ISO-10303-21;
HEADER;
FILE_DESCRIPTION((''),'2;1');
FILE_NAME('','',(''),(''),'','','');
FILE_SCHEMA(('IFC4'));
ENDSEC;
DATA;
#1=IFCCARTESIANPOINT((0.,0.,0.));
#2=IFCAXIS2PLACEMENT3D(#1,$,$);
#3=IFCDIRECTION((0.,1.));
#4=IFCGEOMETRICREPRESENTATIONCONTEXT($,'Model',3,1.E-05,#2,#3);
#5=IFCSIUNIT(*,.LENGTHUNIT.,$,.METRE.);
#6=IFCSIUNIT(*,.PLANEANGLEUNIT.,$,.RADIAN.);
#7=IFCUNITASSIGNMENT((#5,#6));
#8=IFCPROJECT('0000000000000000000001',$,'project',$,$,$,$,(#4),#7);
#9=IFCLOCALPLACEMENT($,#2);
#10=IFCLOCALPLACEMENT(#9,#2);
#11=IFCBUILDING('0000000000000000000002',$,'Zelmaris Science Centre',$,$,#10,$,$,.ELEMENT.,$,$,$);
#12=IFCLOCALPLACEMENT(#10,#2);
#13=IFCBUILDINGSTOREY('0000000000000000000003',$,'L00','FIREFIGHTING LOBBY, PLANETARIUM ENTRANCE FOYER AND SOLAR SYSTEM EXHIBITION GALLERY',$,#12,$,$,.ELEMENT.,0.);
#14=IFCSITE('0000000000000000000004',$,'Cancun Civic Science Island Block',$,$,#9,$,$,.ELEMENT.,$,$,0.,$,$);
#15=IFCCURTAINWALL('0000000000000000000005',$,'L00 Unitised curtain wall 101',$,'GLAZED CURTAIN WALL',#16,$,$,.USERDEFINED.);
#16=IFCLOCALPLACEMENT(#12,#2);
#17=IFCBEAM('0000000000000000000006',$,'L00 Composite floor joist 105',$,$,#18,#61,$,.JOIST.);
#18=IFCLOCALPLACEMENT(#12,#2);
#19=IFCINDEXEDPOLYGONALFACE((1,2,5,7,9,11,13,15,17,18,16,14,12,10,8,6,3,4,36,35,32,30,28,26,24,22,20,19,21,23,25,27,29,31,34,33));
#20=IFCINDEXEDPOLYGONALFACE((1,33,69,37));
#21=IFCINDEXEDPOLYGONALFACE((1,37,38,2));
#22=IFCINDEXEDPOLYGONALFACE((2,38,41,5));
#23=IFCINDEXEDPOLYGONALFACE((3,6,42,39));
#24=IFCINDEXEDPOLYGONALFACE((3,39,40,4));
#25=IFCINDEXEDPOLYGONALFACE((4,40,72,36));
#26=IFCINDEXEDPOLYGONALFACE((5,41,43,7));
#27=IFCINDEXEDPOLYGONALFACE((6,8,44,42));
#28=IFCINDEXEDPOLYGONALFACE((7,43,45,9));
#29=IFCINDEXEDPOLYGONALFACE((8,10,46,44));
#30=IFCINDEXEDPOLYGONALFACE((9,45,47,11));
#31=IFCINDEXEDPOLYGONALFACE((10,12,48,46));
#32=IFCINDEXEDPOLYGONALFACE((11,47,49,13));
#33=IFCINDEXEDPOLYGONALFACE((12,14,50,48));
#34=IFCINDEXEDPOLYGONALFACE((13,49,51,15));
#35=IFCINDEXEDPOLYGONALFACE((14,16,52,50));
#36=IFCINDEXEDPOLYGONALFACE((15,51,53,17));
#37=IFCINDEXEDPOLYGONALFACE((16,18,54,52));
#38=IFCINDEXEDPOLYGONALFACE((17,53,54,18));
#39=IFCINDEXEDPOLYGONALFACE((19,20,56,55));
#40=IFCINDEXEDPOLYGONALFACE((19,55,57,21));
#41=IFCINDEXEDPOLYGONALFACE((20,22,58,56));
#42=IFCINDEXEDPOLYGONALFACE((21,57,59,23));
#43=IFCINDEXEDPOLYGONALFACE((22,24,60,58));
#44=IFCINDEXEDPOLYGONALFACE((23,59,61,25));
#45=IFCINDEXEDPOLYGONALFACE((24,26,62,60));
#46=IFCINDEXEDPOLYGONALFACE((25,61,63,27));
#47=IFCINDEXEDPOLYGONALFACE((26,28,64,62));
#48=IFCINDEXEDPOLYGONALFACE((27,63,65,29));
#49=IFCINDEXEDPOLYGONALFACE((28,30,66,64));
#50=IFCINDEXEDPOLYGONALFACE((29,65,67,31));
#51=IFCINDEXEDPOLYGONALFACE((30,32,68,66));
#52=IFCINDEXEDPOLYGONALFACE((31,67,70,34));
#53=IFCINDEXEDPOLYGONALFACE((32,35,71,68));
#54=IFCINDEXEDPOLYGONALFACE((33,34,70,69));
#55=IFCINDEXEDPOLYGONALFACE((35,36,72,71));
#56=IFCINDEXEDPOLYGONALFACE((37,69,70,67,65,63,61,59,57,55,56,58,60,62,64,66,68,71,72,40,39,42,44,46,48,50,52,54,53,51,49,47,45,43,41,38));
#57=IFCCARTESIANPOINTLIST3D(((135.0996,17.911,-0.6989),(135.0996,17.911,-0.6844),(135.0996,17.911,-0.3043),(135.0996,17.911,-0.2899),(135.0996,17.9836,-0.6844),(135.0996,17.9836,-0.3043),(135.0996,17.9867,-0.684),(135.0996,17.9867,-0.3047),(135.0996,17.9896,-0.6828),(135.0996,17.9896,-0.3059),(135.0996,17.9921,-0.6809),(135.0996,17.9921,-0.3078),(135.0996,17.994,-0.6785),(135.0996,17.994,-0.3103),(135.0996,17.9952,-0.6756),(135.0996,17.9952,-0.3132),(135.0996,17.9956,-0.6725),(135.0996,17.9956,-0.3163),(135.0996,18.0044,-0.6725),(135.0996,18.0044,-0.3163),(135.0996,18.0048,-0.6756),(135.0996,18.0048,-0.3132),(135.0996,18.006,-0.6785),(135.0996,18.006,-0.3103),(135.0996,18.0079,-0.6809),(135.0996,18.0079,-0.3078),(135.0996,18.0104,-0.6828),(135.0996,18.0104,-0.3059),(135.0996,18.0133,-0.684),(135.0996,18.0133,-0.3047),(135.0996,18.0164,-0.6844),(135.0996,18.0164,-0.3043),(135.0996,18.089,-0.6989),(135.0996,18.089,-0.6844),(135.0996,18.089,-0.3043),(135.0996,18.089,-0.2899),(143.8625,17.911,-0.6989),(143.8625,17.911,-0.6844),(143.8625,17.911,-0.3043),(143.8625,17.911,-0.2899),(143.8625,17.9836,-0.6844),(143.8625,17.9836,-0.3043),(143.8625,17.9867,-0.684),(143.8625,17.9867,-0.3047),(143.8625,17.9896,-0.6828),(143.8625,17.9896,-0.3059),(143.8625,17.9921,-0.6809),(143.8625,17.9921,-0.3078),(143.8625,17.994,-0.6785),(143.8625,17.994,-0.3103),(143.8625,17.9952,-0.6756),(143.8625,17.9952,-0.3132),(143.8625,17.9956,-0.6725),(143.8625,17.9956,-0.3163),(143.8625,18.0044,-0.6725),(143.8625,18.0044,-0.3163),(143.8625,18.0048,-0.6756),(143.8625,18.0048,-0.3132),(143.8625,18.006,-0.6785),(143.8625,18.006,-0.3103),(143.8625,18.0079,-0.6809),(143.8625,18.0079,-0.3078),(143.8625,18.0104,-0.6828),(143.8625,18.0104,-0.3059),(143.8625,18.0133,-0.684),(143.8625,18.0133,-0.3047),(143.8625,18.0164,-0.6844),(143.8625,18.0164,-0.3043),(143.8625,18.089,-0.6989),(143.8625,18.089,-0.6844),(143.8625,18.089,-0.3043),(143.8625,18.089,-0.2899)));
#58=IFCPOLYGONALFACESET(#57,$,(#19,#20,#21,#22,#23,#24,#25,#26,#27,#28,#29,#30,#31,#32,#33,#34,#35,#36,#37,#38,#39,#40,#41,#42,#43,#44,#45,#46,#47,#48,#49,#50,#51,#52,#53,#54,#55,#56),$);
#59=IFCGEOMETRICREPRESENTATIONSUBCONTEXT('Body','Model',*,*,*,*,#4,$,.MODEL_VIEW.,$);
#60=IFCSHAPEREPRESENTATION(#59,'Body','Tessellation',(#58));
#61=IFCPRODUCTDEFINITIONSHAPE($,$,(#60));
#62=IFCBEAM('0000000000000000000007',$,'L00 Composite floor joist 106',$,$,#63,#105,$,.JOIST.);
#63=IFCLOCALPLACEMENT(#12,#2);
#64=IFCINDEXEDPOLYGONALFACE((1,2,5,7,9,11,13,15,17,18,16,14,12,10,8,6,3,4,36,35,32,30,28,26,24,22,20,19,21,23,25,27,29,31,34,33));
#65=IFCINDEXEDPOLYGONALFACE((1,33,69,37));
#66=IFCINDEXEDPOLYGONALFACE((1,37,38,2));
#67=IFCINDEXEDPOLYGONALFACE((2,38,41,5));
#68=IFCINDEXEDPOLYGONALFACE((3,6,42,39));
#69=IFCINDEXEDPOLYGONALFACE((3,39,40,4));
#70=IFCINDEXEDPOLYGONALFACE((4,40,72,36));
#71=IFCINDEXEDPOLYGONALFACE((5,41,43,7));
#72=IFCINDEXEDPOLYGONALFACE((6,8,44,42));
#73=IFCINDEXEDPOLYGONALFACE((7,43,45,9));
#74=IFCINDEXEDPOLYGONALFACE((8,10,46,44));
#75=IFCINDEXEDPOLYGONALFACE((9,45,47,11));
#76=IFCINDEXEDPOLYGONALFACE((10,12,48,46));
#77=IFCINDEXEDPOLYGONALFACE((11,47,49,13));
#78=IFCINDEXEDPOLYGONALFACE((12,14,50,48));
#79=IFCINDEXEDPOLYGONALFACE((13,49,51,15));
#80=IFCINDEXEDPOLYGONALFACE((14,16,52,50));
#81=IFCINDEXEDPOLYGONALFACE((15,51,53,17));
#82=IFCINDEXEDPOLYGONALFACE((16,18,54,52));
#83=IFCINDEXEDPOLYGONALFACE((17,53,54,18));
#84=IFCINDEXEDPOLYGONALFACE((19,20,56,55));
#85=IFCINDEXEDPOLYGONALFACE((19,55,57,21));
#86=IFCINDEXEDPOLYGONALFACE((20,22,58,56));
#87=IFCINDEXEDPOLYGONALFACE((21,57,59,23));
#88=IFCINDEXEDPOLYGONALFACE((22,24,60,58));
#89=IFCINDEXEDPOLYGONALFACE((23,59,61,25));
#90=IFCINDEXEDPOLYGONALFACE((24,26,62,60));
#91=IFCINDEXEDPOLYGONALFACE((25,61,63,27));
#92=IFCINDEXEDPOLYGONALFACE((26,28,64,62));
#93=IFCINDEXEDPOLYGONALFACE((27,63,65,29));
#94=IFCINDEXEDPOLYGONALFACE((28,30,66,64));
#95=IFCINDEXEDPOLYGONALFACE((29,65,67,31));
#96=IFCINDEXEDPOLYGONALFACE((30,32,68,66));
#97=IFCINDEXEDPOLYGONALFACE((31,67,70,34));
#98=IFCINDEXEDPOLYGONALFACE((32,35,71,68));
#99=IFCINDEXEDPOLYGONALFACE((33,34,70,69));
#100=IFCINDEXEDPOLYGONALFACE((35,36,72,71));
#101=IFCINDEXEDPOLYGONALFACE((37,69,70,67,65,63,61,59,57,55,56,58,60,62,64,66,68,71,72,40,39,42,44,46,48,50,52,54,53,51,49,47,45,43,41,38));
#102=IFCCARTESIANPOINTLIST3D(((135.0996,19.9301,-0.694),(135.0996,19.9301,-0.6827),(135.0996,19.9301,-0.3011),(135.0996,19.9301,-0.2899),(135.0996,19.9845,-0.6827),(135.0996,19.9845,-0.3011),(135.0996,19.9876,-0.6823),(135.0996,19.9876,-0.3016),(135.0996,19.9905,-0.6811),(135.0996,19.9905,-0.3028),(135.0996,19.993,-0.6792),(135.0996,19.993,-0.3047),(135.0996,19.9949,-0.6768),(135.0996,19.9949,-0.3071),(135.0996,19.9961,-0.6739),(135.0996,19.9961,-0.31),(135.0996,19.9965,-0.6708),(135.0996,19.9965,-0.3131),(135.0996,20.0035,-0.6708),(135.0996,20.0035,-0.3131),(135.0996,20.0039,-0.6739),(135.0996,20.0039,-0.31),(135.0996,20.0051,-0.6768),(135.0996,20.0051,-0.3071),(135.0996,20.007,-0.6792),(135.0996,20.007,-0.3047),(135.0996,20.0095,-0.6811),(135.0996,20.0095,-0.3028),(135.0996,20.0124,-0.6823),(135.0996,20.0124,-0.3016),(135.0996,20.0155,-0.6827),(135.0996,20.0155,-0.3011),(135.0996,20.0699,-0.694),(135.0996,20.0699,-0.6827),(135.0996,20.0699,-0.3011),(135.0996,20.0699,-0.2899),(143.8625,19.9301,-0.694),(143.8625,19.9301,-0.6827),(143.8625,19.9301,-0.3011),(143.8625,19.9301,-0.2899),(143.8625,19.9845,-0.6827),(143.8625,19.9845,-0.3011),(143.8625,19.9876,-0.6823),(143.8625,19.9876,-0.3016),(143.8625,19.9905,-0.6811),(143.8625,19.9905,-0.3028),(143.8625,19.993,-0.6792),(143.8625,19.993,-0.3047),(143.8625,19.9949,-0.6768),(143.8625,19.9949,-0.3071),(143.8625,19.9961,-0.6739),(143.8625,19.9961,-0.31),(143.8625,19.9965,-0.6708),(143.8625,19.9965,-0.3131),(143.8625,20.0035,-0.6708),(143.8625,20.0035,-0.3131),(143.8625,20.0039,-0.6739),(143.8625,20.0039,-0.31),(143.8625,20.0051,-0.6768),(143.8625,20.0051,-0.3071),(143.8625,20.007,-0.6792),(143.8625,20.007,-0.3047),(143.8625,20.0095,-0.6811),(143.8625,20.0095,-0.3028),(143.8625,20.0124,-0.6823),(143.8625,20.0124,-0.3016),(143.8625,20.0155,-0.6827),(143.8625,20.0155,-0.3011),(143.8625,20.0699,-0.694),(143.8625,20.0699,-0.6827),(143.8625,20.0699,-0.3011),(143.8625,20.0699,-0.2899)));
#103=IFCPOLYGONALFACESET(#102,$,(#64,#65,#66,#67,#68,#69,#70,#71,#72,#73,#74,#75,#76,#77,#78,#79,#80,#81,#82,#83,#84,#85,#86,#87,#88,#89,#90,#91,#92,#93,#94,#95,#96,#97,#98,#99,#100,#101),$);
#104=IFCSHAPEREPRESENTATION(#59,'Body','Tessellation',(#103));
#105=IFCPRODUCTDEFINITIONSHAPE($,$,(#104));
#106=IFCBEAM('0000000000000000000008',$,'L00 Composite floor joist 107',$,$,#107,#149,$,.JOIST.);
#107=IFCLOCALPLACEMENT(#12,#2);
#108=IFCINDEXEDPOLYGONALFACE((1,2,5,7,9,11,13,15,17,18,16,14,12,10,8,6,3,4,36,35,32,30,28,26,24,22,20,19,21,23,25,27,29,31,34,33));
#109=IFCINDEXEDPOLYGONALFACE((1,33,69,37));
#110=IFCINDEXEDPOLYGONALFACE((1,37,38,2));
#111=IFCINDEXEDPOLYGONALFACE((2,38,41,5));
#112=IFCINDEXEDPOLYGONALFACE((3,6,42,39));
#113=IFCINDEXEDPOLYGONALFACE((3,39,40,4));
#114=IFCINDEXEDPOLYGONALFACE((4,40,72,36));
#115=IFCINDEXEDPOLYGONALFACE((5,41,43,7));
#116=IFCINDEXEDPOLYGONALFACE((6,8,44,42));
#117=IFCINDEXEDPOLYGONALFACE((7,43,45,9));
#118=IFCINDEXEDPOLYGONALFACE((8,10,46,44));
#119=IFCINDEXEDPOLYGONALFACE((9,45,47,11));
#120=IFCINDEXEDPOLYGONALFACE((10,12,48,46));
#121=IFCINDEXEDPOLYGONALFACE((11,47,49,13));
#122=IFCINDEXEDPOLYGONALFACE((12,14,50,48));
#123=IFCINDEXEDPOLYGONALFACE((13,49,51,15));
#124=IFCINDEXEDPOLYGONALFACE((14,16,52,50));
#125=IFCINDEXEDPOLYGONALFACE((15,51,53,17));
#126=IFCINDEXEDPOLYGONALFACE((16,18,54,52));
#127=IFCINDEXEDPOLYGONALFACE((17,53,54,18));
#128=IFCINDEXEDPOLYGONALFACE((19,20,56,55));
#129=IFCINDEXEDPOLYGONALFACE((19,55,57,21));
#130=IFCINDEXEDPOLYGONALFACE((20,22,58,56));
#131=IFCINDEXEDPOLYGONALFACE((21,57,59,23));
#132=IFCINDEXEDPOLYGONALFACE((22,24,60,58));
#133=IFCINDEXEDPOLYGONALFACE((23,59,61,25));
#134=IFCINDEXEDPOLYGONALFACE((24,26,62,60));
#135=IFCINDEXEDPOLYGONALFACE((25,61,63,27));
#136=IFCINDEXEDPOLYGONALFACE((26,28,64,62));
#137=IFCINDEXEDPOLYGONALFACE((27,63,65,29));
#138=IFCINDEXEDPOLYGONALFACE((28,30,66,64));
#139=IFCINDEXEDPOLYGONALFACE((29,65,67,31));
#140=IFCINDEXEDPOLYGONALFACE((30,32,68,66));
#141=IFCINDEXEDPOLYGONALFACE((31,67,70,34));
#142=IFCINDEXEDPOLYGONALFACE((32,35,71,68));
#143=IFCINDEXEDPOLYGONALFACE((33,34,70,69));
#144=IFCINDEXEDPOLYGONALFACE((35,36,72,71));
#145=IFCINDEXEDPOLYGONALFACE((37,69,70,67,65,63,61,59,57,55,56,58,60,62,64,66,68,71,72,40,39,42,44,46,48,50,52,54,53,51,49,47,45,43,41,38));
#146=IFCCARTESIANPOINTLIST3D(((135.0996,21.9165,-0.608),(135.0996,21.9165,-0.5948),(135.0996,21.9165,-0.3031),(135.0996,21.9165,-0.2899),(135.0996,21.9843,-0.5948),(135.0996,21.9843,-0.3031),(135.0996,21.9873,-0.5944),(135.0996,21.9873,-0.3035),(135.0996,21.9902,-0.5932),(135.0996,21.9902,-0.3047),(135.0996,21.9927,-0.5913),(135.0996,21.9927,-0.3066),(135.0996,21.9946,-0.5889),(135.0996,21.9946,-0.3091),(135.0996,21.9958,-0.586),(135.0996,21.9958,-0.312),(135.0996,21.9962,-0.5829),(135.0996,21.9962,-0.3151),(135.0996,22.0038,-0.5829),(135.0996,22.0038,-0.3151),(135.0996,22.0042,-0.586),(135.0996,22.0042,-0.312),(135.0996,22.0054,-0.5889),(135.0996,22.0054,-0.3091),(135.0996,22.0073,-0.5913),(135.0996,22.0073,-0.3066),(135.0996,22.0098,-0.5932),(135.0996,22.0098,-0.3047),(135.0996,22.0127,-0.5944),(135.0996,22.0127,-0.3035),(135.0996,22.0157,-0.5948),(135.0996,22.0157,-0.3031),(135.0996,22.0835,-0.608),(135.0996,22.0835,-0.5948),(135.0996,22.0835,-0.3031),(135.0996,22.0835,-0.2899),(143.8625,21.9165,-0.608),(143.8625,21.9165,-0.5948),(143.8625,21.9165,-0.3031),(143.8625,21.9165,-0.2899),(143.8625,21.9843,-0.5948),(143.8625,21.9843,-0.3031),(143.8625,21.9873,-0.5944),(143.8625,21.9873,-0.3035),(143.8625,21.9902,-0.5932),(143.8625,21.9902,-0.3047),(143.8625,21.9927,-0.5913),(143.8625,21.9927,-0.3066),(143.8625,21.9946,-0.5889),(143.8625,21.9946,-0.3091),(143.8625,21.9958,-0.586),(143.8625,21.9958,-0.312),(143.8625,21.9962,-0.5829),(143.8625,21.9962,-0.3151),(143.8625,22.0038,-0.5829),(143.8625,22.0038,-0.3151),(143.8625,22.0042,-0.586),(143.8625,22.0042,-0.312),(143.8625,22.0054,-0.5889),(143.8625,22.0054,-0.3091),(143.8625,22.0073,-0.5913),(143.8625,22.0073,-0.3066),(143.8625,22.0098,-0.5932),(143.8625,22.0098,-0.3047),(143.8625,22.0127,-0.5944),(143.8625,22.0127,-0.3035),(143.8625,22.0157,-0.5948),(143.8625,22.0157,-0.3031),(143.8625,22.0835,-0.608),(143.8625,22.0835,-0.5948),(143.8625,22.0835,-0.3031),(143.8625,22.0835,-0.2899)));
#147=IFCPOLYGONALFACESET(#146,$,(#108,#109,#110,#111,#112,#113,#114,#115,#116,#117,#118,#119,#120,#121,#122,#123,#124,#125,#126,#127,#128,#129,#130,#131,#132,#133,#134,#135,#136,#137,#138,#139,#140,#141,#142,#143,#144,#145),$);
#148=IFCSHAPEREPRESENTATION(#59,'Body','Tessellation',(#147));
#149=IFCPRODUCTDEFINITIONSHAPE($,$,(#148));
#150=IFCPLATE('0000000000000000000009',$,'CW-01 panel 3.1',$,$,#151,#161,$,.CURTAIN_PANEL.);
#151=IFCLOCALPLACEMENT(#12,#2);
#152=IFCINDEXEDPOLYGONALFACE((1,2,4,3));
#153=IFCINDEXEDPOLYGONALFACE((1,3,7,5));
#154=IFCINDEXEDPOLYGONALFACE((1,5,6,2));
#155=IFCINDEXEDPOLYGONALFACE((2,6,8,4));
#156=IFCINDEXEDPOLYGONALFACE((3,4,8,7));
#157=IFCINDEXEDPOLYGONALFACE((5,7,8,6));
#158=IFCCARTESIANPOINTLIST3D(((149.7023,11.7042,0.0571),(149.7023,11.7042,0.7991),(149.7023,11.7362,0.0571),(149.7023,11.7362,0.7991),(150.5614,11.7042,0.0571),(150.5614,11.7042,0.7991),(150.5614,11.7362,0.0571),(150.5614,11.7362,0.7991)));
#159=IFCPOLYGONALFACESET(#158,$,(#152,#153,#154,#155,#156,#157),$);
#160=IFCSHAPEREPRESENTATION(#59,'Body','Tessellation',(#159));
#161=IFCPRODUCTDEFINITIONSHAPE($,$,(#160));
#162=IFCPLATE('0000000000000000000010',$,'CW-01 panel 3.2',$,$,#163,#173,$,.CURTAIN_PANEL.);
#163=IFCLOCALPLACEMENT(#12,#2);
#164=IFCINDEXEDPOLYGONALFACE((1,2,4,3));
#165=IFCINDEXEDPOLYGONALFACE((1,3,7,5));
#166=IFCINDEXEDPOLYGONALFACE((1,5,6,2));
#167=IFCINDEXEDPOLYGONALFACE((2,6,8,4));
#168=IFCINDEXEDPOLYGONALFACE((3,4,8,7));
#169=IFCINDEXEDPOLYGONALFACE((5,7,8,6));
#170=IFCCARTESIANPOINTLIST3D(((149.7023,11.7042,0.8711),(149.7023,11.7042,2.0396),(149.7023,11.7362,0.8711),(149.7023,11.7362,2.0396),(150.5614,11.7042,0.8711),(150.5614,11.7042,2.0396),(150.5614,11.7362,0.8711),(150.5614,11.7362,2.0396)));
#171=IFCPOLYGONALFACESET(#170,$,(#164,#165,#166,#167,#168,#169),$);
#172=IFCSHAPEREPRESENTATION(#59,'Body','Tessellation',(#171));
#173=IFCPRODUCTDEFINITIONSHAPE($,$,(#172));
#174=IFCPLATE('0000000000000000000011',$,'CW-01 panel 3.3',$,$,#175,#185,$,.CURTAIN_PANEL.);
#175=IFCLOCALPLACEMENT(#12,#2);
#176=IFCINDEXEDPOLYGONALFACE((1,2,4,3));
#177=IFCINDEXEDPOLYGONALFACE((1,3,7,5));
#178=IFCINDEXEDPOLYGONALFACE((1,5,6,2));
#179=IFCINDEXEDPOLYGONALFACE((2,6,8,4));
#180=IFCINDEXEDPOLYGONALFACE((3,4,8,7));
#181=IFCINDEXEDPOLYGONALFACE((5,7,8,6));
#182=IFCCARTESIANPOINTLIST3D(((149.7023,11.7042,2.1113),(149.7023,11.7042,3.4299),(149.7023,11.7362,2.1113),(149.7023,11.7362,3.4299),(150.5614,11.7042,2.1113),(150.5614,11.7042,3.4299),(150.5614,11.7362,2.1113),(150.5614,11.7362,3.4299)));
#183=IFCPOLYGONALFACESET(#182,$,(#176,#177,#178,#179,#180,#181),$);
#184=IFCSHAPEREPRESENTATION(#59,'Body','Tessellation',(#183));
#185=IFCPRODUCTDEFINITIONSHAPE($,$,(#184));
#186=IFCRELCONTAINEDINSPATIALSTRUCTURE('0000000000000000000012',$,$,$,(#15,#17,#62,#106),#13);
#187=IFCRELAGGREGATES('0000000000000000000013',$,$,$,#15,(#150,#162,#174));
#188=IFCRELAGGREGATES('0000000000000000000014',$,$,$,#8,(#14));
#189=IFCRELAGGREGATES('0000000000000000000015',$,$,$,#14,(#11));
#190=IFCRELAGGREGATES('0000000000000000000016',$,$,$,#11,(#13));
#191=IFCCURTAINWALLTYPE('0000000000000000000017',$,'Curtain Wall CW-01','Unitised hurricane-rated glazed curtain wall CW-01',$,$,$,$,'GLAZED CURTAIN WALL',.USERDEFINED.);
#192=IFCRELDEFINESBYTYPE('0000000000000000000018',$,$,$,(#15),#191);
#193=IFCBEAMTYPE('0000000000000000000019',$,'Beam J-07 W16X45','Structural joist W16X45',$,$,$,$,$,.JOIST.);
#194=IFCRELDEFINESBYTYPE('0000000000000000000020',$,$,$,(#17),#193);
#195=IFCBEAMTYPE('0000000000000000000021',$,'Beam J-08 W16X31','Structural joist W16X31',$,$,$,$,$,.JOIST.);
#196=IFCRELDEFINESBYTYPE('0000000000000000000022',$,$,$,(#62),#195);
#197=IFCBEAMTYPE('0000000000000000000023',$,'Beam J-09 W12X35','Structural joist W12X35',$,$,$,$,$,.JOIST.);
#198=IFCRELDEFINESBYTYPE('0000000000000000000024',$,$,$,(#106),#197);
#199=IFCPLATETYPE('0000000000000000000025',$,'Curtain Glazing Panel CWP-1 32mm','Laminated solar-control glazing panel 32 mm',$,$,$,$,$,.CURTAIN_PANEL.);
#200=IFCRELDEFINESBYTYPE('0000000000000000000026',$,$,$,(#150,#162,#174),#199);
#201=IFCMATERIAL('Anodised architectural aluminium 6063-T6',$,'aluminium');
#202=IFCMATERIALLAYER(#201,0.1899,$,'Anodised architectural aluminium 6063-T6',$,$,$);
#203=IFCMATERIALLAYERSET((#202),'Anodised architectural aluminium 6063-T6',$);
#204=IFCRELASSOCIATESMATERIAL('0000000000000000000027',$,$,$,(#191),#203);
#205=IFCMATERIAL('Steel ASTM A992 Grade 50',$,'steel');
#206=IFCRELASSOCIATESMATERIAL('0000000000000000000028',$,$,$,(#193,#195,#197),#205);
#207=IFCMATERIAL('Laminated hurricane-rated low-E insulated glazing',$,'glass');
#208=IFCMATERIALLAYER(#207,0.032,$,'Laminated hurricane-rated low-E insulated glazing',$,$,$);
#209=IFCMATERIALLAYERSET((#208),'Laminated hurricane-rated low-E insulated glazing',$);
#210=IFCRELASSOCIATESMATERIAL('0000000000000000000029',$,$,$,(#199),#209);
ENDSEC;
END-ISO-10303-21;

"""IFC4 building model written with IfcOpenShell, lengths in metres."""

from ifc_helpers import new_model, si_unit, direction, frame, origin, origin_2d, place, context, subcontext, project, spatial, rectangle, i_section, extrude, material, layer, layer_set, material_profile, profile_set, type_object, element, aggregate, save


model = new_model("IFC4")

# Units and contexts
model_context = context("Model", 3, precision=1e-05, world=origin(), true_north=direction((0.0, 1.0)))
body_context = subcontext(model_context, "Body", "Model", "MODEL_VIEW")
ifc_project = project(units=[si_unit("LENGTHUNIT", "METRE"), si_unit("PLANEANGLEUNIT", "RADIAN")], contexts=[model_context])

# Site, building, storey
site_placement = place(None, origin())
site = spatial("IfcSite", under=ifc_project, at=site_placement, Name="Cancun Civic Science Island Block", CompositionType="ELEMENT", RefElevation=0.0)
building_placement = place(site_placement, origin())
building = spatial("IfcBuilding", under=site, at=building_placement, Name="Zelmaris Science Centre", CompositionType="ELEMENT")
storey_placement = place(building_placement, origin())
storey = spatial("IfcBuildingStorey", under=building, at=storey_placement, Name="L00", Description="FIREFIGHTING LOBBY, PLANETARIUM ENTRANCE FOYER AND SOLAR SYSTEM EXHIBITION GALLERY", CompositionType="ELEMENT", Elevation=0.0)

# Shared definitions
ifc_material_1 = material(Name="Steel ASTM A992 Grade 50", Category="steel")

# Curtain wall
ifc_material_2 = material(Name="Anodised architectural aluminium 6063-T6", Category="aluminium")
ifc_layer_1 = layer(ifc_material_2, 0.1899, Name="Anodised architectural aluminium 6063-T6")
ifc_layer_set_1 = layer_set([ifc_layer_1], Name="Anodised architectural aluminium 6063-T6")
curtain_wall_type = type_object("IfcCurtainWallType", Name="Curtain Wall CW-01", Description="Unitised hurricane-rated glazed curtain wall CW-01", ElementType="GLAZED CURTAIN WALL", PredefinedType="USERDEFINED", material=ifc_layer_set_1)
curtain_wall_placement = place(storey_placement, origin())
curtain_wall = element("IfcCurtainWall", 1, at=curtain_wall_placement, inside=storey, type_object=curtain_wall_type, Name="L00 Unitised curtain wall 101", ObjectType="GLAZED CURTAIN WALL", PredefinedType="USERDEFINED")

# Beams
ifc_material_profile_1 = material_profile(ifc_material_1, i_section(OverallWidth=0.178, OverallDepth=0.4089, WebThickness=0.0088, FlangeThickness=0.0144, FilletRadius=0.012, at=origin_2d()), Name="W16X45")
ifc_profile_set_1 = profile_set([ifc_material_profile_1], Name="Steel ASTM A992 Grade 50")
beam_type_1 = type_object("IfcBeamType", Name="Beam J-07 W16X45", Description="Structural joist W16X45", PredefinedType="JOIST", material=ifc_profile_set_1)
beam_1_placement = place(storey_placement, frame((135.0996, 18.0, -0.4944), z_axis=(1.0, 0.0, 0.0), x_axis=(0.0, 1.0, 0.0)))
element("IfcBeam", 2, at=beam_1_placement, inside=storey, type_object=beam_type_1, Name="L00 Composite floor joist 105", PredefinedType="JOIST", context=body_context, shape_type="SweptSolid", body=[
    extrude(i_section(OverallWidth=0.178, OverallDepth=0.4089, WebThickness=0.0088, FlangeThickness=0.0144, FilletRadius=0.012, at=origin_2d()), origin(), (0.0, 0.0, 1.0), 8.7629),
])
ifc_material_profile_2 = material_profile(ifc_material_1, i_section(OverallWidth=0.1399, OverallDepth=0.4041, WebThickness=0.0071, FlangeThickness=0.0112, FilletRadius=0.012, at=origin_2d()), Name="W16X31")
ifc_profile_set_2 = profile_set([ifc_material_profile_2], Name="Steel ASTM A992 Grade 50")
beam_type_2 = type_object("IfcBeamType", Name="Beam J-08 W16X31", Description="Structural joist W16X31", PredefinedType="JOIST", material=ifc_profile_set_2)
beam_2_placement = place(storey_placement, frame((135.0996, 20.0, -0.4919), z_axis=(1.0, 0.0, 0.0), x_axis=(0.0, 1.0, 0.0)))
element("IfcBeam", 3, at=beam_2_placement, inside=storey, type_object=beam_type_2, Name="L00 Composite floor joist 106", PredefinedType="JOIST", context=body_context, shape_type="SweptSolid", body=[
    extrude(i_section(OverallWidth=0.1399, OverallDepth=0.4041, WebThickness=0.0071, FlangeThickness=0.0112, FilletRadius=0.012, at=origin_2d()), origin(), (0.0, 0.0, 1.0), 8.7629),
])
ifc_material_profile_3 = material_profile(ifc_material_1, i_section(OverallWidth=0.167, OverallDepth=0.3181, WebThickness=0.0076, FlangeThickness=0.0132, FilletRadius=0.012, at=origin_2d()), Name="W12X35")
ifc_profile_set_3 = profile_set([ifc_material_profile_3], Name="Steel ASTM A992 Grade 50")
beam_type_3 = type_object("IfcBeamType", Name="Beam J-09 W12X35", Description="Structural joist W12X35", PredefinedType="JOIST", material=ifc_profile_set_3)
beam_3_placement = place(storey_placement, frame((135.0996, 22.0, -0.449), z_axis=(1.0, 0.0, 0.0), x_axis=(0.0, 1.0, 0.0)))
element("IfcBeam", 4, at=beam_3_placement, inside=storey, type_object=beam_type_3, Name="L00 Composite floor joist 107", PredefinedType="JOIST", context=body_context, shape_type="SweptSolid", body=[
    extrude(i_section(OverallWidth=0.167, OverallDepth=0.3181, WebThickness=0.0076, FlangeThickness=0.0132, FilletRadius=0.012, at=origin_2d()), origin(), (0.0, 0.0, 1.0), 8.7629),
])

# Plates
ifc_material_3 = material(Name="Laminated hurricane-rated low-E insulated glazing", Category="glass")
ifc_layer_2 = layer(ifc_material_3, 0.032, Name="Laminated hurricane-rated low-E insulated glazing")
ifc_layer_set_2 = layer_set([ifc_layer_2], Name="Laminated hurricane-rated low-E insulated glazing")
plate_type = type_object("IfcPlateType", Name="Curtain Glazing Panel CWP-1 32mm", Description="Laminated solar-control glazing panel 32 mm", PredefinedType="CURTAIN_PANEL", material=ifc_layer_set_2)
plate_1_placement = place(storey_placement, frame((150.1318, 11.7202, 0.0571), z_axis=(0.0, 0.0, 1.0), x_axis=(-1.0, 0.0, 0.0)))
plate_1 = element("IfcPlate", 5, at=plate_1_placement, type_object=plate_type, Name="CW-01 panel 3.1", PredefinedType="CURTAIN_PANEL", context=body_context, shape_type="SweptSolid", body=[
    extrude(rectangle(XDim=0.8591, YDim=0.032, at=origin_2d()), origin(), (0.0, 0.0, 1.0), 0.7419),
])
plate_2_placement = place(storey_placement, frame((150.1318, 11.7202, 0.8711), z_axis=(0.0, 0.0, 1.0), x_axis=(-1.0, 0.0, 0.0)))
plate_2 = element("IfcPlate", 6, at=plate_2_placement, type_object=plate_type, Name="CW-01 panel 3.2", PredefinedType="CURTAIN_PANEL", context=body_context, shape_type="SweptSolid", body=[
    extrude(rectangle(XDim=0.8591, YDim=0.032, at=origin_2d()), origin(), (0.0, 0.0, 1.0), 1.1685),
])
plate_3_placement = place(storey_placement, frame((150.1318, 11.7202, 2.1113), z_axis=(0.0, 0.0, 1.0), x_axis=(-1.0, 0.0, 0.0)))
plate_3 = element("IfcPlate", 7, at=plate_3_placement, type_object=plate_type, Name="CW-01 panel 3.3", PredefinedType="CURTAIN_PANEL", context=body_context, shape_type="SweptSolid", body=[
    extrude(rectangle(XDim=0.8591, YDim=0.032, at=origin_2d()), origin(), (0.0, 0.0, 1.0), 1.3186),
])
aggregate(curtain_wall, [plate_1, plate_2, plate_3])

save(model, "model.ifc")
